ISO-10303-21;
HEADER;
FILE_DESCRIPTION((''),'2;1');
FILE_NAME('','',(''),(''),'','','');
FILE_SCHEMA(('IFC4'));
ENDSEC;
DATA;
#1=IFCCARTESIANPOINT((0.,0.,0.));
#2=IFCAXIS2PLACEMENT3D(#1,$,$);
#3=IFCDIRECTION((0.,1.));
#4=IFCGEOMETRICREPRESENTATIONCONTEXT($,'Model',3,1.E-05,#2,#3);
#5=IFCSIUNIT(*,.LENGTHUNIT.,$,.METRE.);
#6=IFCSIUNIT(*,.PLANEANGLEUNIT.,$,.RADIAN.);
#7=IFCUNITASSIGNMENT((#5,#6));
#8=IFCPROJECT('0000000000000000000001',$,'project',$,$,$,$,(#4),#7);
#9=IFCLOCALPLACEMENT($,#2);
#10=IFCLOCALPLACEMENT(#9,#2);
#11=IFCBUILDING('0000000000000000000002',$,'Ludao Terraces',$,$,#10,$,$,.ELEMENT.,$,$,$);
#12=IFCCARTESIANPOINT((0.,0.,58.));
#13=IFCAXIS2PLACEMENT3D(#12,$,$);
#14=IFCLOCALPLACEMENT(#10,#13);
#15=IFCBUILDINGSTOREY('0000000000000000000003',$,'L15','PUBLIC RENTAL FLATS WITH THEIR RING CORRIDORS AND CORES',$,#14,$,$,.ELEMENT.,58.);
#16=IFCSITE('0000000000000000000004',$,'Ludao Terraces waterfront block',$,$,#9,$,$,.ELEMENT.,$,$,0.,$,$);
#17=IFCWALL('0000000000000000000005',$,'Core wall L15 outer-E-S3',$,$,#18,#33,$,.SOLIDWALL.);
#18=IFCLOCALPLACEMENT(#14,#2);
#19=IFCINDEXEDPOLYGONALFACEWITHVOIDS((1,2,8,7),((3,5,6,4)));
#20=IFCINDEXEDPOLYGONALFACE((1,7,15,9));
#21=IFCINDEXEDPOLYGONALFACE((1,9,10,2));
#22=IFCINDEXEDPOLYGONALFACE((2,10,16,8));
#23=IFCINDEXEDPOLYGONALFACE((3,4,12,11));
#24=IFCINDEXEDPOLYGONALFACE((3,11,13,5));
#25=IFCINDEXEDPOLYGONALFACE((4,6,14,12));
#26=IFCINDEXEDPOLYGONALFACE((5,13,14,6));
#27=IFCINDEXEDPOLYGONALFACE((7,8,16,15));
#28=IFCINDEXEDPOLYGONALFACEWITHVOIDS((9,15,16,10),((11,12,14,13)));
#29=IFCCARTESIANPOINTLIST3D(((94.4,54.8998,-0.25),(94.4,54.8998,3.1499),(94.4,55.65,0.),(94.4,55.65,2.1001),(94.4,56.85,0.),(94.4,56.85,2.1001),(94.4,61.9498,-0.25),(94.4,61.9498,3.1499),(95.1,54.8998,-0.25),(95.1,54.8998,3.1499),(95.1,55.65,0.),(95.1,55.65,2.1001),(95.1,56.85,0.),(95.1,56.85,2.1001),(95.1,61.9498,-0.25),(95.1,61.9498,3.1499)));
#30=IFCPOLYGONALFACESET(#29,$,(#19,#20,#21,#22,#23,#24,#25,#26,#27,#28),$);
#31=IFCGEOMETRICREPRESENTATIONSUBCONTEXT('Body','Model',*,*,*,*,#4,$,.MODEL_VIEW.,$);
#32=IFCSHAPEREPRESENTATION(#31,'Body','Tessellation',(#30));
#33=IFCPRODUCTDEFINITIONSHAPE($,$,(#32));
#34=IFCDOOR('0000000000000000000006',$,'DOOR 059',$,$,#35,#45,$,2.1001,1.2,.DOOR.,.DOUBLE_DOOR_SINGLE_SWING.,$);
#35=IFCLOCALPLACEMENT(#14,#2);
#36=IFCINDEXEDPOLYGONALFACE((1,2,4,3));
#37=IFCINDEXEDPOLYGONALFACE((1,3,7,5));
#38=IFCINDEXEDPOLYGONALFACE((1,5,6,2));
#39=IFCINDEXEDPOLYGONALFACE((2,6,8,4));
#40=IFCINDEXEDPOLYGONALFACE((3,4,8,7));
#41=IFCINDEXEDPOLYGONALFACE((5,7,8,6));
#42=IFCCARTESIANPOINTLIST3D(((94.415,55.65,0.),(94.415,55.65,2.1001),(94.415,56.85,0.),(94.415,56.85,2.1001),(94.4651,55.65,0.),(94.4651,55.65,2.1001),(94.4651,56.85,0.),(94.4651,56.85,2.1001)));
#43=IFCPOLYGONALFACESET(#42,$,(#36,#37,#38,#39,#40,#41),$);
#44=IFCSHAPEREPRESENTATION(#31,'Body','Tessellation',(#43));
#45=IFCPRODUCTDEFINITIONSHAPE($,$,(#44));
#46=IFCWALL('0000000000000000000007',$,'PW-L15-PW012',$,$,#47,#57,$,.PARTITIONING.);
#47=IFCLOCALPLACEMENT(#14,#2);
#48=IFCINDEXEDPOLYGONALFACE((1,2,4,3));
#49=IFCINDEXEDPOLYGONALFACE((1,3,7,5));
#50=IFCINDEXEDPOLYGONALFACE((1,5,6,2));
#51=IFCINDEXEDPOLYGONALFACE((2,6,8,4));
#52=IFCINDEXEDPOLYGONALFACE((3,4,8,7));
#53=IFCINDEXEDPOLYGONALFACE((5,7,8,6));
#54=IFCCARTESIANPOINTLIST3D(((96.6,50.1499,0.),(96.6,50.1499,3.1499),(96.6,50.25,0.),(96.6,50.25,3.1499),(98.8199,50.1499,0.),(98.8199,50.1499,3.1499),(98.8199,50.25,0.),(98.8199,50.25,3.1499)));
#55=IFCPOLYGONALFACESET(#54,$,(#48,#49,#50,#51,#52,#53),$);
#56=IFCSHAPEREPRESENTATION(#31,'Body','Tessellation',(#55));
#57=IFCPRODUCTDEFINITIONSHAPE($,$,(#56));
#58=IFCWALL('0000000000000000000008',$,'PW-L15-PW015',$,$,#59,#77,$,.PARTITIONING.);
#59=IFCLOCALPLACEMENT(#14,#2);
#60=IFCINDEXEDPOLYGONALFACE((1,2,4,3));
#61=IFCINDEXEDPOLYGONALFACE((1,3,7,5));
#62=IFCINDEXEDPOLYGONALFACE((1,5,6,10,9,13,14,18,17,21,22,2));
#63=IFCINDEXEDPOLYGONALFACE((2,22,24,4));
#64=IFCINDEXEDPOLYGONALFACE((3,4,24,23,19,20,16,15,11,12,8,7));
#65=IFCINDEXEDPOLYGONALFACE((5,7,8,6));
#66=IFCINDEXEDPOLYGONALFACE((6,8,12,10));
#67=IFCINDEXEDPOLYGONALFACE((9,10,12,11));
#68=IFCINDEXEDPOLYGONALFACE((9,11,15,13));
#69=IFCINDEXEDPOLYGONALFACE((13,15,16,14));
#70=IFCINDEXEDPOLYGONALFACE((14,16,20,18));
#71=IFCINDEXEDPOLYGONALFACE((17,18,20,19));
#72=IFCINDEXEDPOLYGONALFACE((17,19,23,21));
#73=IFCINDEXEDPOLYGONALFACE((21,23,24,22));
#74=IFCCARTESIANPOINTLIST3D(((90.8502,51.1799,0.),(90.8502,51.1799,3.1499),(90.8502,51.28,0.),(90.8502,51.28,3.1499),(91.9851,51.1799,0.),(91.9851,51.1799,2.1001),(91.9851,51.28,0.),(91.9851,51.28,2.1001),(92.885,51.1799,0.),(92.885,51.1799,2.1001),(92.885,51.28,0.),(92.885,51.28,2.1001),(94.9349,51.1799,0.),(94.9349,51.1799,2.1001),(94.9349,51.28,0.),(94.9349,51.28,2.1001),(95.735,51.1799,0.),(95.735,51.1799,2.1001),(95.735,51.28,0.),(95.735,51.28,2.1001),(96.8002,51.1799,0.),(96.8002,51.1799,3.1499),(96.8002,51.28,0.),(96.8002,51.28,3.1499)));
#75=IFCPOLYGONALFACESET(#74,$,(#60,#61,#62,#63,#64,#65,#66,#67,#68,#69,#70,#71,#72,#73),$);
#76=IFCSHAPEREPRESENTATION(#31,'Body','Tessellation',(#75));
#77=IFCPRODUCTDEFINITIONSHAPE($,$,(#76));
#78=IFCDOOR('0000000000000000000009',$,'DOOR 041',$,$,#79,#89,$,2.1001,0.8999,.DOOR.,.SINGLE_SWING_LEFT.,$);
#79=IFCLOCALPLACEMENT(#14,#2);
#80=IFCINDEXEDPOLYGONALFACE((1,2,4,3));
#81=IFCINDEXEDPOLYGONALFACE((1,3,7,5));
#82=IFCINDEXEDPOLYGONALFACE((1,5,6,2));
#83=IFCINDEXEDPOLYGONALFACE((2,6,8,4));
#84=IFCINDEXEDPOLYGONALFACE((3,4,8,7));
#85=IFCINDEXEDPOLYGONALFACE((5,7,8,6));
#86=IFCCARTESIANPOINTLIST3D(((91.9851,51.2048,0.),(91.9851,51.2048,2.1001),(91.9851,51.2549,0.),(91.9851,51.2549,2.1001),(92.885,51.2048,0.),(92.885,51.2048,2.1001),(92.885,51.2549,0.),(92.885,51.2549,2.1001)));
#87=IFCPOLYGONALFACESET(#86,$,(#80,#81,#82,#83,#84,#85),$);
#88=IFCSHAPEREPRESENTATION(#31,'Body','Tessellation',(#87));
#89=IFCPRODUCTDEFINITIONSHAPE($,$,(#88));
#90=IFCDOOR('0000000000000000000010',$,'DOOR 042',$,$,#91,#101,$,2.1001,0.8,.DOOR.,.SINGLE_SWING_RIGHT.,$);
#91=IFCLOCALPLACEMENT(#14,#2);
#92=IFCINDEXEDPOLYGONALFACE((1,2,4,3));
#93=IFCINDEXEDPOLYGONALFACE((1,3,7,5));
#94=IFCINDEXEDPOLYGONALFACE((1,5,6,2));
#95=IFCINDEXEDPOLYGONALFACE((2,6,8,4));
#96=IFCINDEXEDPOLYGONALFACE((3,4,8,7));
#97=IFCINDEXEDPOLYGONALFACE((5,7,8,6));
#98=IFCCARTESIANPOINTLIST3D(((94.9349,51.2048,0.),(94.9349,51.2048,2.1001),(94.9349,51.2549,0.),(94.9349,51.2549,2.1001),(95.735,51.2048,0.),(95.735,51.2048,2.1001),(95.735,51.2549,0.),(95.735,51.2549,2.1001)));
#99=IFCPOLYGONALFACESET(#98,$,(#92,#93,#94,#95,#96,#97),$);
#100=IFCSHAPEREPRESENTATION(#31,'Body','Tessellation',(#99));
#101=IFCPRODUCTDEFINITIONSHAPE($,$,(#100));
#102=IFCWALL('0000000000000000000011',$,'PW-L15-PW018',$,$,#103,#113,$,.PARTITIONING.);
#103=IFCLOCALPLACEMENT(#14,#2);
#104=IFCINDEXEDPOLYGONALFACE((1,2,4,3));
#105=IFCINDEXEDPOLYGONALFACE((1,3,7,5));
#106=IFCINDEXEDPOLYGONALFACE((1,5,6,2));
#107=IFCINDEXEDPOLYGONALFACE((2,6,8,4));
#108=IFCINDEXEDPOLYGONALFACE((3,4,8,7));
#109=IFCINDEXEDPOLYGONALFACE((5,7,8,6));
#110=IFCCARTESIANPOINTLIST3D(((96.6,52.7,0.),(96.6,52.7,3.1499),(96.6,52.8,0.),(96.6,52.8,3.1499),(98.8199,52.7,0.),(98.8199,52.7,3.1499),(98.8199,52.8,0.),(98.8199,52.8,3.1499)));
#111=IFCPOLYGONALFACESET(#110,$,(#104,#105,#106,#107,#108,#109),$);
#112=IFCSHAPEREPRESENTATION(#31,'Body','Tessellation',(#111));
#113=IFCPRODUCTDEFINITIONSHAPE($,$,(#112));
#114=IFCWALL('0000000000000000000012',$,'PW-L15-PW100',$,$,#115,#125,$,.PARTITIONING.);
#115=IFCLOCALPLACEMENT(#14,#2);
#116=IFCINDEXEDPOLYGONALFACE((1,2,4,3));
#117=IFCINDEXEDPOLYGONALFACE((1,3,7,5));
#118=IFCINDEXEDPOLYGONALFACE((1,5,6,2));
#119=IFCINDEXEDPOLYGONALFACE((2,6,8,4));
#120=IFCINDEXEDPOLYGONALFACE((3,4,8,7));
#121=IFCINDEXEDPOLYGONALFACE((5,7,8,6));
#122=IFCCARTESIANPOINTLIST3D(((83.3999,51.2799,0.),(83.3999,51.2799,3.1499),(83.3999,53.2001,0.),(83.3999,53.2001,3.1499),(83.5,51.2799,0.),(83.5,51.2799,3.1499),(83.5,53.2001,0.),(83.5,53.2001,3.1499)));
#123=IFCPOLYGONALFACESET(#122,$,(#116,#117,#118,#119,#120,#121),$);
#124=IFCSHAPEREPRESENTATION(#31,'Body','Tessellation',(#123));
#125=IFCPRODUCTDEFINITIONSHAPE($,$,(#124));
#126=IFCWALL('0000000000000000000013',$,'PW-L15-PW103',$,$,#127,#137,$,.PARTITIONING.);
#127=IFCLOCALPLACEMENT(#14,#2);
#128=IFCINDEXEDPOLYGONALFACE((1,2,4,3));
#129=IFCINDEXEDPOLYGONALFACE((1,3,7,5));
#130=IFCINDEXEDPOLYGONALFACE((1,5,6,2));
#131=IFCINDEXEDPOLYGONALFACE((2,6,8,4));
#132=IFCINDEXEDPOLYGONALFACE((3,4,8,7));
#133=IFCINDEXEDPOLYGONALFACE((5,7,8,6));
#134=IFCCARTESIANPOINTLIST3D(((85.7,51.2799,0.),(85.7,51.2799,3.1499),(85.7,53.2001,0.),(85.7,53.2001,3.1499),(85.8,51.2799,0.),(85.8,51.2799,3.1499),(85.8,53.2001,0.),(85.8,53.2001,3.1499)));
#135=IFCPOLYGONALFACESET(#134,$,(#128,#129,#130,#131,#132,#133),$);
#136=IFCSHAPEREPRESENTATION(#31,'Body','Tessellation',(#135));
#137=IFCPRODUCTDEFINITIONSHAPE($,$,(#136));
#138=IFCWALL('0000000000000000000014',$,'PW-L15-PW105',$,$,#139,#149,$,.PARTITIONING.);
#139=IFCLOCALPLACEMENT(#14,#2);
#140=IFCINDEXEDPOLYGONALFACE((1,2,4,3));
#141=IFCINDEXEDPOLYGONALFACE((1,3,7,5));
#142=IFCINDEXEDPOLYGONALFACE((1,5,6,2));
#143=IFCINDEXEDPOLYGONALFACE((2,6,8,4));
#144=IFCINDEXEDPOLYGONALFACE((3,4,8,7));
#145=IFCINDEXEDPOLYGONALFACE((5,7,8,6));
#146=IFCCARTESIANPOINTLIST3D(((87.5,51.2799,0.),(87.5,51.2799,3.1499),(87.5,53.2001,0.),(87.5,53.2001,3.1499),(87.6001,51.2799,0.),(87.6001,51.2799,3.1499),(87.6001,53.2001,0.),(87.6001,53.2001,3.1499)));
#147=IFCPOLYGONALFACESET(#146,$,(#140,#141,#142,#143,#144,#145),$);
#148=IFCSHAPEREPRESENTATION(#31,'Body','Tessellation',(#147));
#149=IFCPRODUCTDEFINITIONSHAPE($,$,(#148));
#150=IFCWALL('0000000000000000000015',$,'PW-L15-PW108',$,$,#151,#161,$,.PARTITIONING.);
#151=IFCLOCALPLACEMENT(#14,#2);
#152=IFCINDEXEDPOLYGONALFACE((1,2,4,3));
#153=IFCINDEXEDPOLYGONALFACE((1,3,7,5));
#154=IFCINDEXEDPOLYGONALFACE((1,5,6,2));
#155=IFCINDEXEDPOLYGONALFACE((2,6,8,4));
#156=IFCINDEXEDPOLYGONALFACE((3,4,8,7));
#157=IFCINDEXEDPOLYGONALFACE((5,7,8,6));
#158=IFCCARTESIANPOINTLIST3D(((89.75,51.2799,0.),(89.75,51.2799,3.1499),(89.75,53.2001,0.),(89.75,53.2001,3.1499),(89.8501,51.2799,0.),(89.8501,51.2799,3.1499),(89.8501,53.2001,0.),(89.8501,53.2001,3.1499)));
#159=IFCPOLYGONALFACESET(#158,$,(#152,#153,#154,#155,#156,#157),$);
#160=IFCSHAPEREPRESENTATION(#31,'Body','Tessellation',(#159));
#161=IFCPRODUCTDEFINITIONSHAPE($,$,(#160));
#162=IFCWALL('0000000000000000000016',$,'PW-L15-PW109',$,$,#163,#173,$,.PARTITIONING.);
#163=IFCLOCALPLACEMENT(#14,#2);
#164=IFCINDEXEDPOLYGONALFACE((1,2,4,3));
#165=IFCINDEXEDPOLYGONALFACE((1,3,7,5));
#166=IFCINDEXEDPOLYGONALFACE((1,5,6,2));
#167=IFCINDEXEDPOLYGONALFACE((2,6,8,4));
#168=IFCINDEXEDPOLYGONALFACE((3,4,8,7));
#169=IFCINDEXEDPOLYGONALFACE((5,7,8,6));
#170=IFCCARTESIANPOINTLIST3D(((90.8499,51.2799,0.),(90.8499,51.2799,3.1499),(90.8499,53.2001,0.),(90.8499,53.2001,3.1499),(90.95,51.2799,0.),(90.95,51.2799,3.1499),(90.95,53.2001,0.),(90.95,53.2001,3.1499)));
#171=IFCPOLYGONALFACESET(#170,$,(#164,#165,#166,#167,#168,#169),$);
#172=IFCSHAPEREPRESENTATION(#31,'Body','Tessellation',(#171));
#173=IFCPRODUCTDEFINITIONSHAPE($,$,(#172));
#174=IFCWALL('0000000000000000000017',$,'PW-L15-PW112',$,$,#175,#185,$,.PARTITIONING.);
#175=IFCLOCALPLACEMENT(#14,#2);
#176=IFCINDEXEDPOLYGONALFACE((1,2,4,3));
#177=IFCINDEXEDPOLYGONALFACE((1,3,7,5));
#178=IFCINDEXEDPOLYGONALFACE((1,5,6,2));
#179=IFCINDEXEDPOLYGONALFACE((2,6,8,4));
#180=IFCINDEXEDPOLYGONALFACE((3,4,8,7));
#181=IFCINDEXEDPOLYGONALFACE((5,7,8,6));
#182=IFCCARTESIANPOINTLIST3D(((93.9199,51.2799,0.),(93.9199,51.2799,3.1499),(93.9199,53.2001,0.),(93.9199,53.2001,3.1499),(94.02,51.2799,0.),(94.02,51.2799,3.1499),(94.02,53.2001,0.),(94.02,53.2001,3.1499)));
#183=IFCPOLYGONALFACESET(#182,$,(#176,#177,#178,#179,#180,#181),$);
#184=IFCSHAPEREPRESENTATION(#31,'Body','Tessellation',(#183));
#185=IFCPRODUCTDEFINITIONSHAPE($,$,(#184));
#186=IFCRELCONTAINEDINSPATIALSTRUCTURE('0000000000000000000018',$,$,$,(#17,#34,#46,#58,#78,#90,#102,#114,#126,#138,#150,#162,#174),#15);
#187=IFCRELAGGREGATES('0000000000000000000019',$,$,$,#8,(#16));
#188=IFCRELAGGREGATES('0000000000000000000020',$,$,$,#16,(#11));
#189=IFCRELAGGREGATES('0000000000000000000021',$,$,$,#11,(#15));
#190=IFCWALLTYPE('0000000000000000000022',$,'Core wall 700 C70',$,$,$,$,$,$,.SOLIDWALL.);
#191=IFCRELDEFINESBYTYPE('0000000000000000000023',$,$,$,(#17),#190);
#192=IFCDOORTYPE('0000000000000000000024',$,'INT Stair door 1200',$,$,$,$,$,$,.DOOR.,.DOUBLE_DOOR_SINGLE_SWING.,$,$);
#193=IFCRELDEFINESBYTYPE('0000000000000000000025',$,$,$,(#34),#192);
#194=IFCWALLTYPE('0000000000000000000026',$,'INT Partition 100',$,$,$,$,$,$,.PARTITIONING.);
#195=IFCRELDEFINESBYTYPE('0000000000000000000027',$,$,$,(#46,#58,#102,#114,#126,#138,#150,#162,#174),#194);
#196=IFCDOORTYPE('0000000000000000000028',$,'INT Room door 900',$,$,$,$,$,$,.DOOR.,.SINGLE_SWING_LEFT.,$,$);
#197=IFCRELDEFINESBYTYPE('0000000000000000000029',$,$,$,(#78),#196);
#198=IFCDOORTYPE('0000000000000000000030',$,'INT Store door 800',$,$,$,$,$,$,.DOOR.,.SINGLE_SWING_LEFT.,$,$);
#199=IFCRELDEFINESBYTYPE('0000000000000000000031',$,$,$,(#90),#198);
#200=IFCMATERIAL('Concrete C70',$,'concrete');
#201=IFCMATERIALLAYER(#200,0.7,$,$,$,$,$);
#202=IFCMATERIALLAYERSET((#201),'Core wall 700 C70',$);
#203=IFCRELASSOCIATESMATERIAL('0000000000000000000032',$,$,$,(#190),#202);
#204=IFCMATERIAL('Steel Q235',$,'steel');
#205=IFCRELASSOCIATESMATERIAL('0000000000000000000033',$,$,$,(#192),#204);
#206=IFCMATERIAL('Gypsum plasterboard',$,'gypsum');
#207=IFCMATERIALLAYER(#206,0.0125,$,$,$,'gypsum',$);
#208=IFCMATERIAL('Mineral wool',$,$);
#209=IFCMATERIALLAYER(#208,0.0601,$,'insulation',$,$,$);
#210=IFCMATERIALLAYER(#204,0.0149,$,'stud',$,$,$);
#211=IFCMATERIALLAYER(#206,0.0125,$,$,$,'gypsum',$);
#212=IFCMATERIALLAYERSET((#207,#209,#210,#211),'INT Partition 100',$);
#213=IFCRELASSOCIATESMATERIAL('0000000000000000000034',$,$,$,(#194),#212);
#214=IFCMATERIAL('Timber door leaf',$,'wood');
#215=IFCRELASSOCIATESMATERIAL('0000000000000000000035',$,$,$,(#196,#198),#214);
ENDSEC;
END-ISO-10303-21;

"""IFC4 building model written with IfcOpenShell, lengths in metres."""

from ifc_helpers import new_model, si_unit, direction, frame, frame_2d, origin, place, context, subcontext, project, spatial, rectangle, extrude, material, layer, layer_set, type_object, element, fill, save


model = new_model("IFC4")

# Units and contexts
model_context = context("Model", 3, precision=1e-05, world=origin(), true_north=direction((0.0, 1.0)))
body_context = subcontext(model_context, "Body", "Model", "MODEL_VIEW")
ifc_project = project(units=[si_unit("LENGTHUNIT", "METRE"), si_unit("PLANEANGLEUNIT", "RADIAN")], contexts=[model_context])

# Site, building, storey
site_placement = place(None, origin())
site = spatial("IfcSite", under=ifc_project, at=site_placement, Name="Ludao Terraces waterfront block", CompositionType="ELEMENT", RefElevation=0.0)
building_placement = place(site_placement, origin())
building = spatial("IfcBuilding", under=site, at=building_placement, Name="Ludao Terraces", CompositionType="ELEMENT")
storey_placement = place(building_placement, frame((0.0, 0.0, 58.0)))
storey = spatial("IfcBuildingStorey", under=building, at=storey_placement, Name="L15", Description="PUBLIC RENTAL FLATS WITH THEIR RING CORRIDORS AND CORES", CompositionType="ELEMENT", Elevation=58.0)

# Wall, opening, door
ifc_material_1 = material(Name="Concrete C70", Category="concrete")
ifc_layer_1 = layer(ifc_material_1, 0.7)
ifc_layer_set_1 = layer_set([ifc_layer_1], Name="Core wall 700 C70")
wall_type_1 = type_object("IfcWallType", Name="Core wall 700 C70", PredefinedType="SOLIDWALL", material=ifc_layer_set_1)
wall_1_placement = place(storey_placement, frame((94.75, 54.8999, -0.25), z_axis=(0.0, 0.0, 1.0), x_axis=(0.0, 1.0, 0.0)))
wall_1 = element("IfcWall", 1, at=wall_1_placement, inside=storey, type_object=wall_type_1, Name="Core wall L15 outer-E-S3", PredefinedType="SOLIDWALL", context=body_context, shape_type="SweptSolid", body=[
    extrude(rectangle(XDim=7.05, YDim=0.7, at=frame_2d((3.5249, 0.0))), origin(), (0.0, 0.0, 1.0), 3.3999),
])
opening_1_placement = place(wall_1_placement, frame((0.75, 0.0, 0.25)))
opening_1 = element("IfcOpeningElement", 2, at=opening_1_placement, cuts=wall_1, PredefinedType="OPENING", context=body_context, shape_type="SweptSolid", body=[
    extrude(rectangle(XDim=1.2, YDim=2.1001, at=frame_2d((0.6001, 1.05))), frame((0.0, 0.3599, 0.0), z_axis=(0.0, -1.0, 0.0), x_axis=(1.0, 0.0, 0.0)), (0.0, 0.0, 1.0), 0.72),
])
ifc_material_2 = material(Name="Steel Q235", Category="steel")
door_type_1 = type_object("IfcDoorType", Name="INT Stair door 1200", OperationType="DOUBLE_DOOR_SINGLE_SWING", PredefinedType="DOOR", material=ifc_material_2)
door_1_placement = place(opening_1_placement, origin())
door_1 = element("IfcDoor", 3, at=door_1_placement, inside=storey, type_object=door_type_1, Name="DOOR 059", OperationType="DOUBLE_DOOR_SINGLE_SWING", OverallHeight=2.1001, OverallWidth=1.2, PredefinedType="DOOR", context=body_context, shape_type="SweptSolid", body=[
    extrude(rectangle(XDim=1.2, YDim=2.1001, at=frame_2d((0.6001, 1.05))), frame((0.0, 0.335, 0.0), z_axis=(0.0, -1.0, 0.0), x_axis=(1.0, 0.0, 0.0)), (0.0, 0.0, 1.0), 0.05),
])
fill(opening_1, door_1)

# Wall
ifc_material_3 = material(Name="Gypsum plasterboard", Category="gypsum")
ifc_layer_2 = layer(ifc_material_3, 0.0125, Category="gypsum")
ifc_material_4 = material(Name="Mineral wool")
ifc_layer_3 = layer(ifc_material_4, 0.0601, Name="insulation")
ifc_layer_4 = layer(ifc_material_2, 0.0149, Name="stud")
ifc_layer_5 = layer(ifc_material_3, 0.0125, Category="gypsum")
ifc_layer_set_2 = layer_set([ifc_layer_2, ifc_layer_3, ifc_layer_4, ifc_layer_5], Name="INT Partition 100")
wall_type_2 = type_object("IfcWallType", Name="INT Partition 100", PredefinedType="PARTITIONING", material=ifc_layer_set_2)
wall_2_placement = place(storey_placement, frame((96.6001, 50.2, 0.0), z_axis=(0.0, 0.0, 1.0), x_axis=(1.0, 0.0, 0.0)))
element("IfcWall", 4, at=wall_2_placement, inside=storey, type_object=wall_type_2, Name="PW-L15-PW012", PredefinedType="PARTITIONING", context=body_context, shape_type="SweptSolid", body=[
    extrude(rectangle(XDim=2.22, YDim=0.1001, at=frame_2d((1.1099, 0.0))), origin(), (0.0, 0.0, 1.0), 3.1499),
])

# Wall, openings, doors
wall_3_placement = place(storey_placement, frame((90.8501, 51.23, 0.0), z_axis=(0.0, 0.0, 1.0), x_axis=(1.0, 0.0, 0.0)))
wall_3 = element("IfcWall", 5, at=wall_3_placement, inside=storey, type_object=wall_type_2, Name="PW-L15-PW015", PredefinedType="PARTITIONING", context=body_context, shape_type="SweptSolid", body=[
    extrude(rectangle(XDim=5.95, YDim=0.1001, at=frame_2d((2.9751, 0.0))), origin(), (0.0, 0.0, 1.0), 3.1499),
])
opening_2_placement = place(wall_3_placement, frame((1.135, 0.0, 0.0)))
opening_2 = element("IfcOpeningElement", 6, at=opening_2_placement, cuts=wall_3, PredefinedType="OPENING", context=body_context, shape_type="SweptSolid", body=[
    extrude(rectangle(XDim=0.8999, YDim=2.1001, at=frame_2d((0.45, 1.05))), frame((0.0, 0.0601, 0.0), z_axis=(0.0, -1.0, 0.0), x_axis=(1.0, 0.0, 0.0)), (0.0, 0.0, 1.0), 0.1201),
])
opening_3_placement = place(wall_3_placement, frame((4.085, 0.0, 0.0)))
opening_3 = element("IfcOpeningElement", 7, at=opening_3_placement, cuts=wall_3, PredefinedType="OPENING", context=body_context, shape_type="SweptSolid", body=[
    extrude(rectangle(XDim=0.8, YDim=2.1001, at=frame_2d((0.3999, 1.05))), frame((0.0, 0.0601, 0.0), z_axis=(0.0, -1.0, 0.0), x_axis=(1.0, 0.0, 0.0)), (0.0, 0.0, 1.0), 0.1201),
])
ifc_material_5 = material(Name="Timber door leaf", Category="wood")
door_type_2 = type_object("IfcDoorType", Name="INT Room door 900", OperationType="SINGLE_SWING_LEFT", PredefinedType="DOOR", material=ifc_material_5)
door_2_placement = place(opening_2_placement, origin())
door_2 = element("IfcDoor", 8, at=door_2_placement, inside=storey, type_object=door_type_2, Name="DOOR 041", OperationType="SINGLE_SWING_LEFT", OverallHeight=2.1001, OverallWidth=0.8999, PredefinedType="DOOR", context=body_context, shape_type="SweptSolid", body=[
    extrude(rectangle(XDim=0.8999, YDim=2.1001, at=frame_2d((0.45, 1.05))), frame((0.0, 0.0249, 0.0), z_axis=(0.0, -1.0, 0.0), x_axis=(1.0, 0.0, 0.0)), (0.0, 0.0, 1.0), 0.05),
])
fill(opening_2, door_2)
door_type_3 = type_object("IfcDoorType", Name="INT Store door 800", OperationType="SINGLE_SWING_LEFT", PredefinedType="DOOR", material=ifc_material_5)
door_3_placement = place(opening_3_placement, origin())
door_3 = element("IfcDoor", 9, at=door_3_placement, inside=storey, type_object=door_type_3, Name="DOOR 042", OperationType="SINGLE_SWING_RIGHT", OverallHeight=2.1001, OverallWidth=0.8, PredefinedType="DOOR", context=body_context, shape_type="SweptSolid", body=[
    extrude(rectangle(XDim=0.8, YDim=2.1001, at=frame_2d((0.3999, 1.05))), frame((0.0, 0.0249, 0.0), z_axis=(0.0, -1.0, 0.0), x_axis=(1.0, 0.0, 0.0)), (0.0, 0.0, 1.0), 0.05),
])
fill(opening_3, door_3)

# Walls
wall_4_placement = place(storey_placement, frame((96.6001, 52.75, 0.0), z_axis=(0.0, 0.0, 1.0), x_axis=(1.0, 0.0, 0.0)))
element("IfcWall", 10, at=wall_4_placement, inside=storey, type_object=wall_type_2, Name="PW-L15-PW018", PredefinedType="PARTITIONING", context=body_context, shape_type="SweptSolid", body=[
    extrude(rectangle(XDim=2.22, YDim=0.1001, at=frame_2d((1.1099, 0.0))), origin(), (0.0, 0.0, 1.0), 3.1499),
])
for number, where, z_axis, x_axis, name in (
    (11, (83.45, 51.28, 0.0), (0.0, 0.0, 1.0), (0.0, 1.0, 0.0), "PW-L15-PW100"),
    (12, (85.75, 51.28, 0.0), (0.0, 0.0, 1.0), (0.0, 1.0, 0.0), "PW-L15-PW103"),
    (13, (87.55, 51.28, 0.0), (0.0, 0.0, 1.0), (0.0, 1.0, 0.0), "PW-L15-PW105"),
    (14, (89.8, 51.28, 0.0), (0.0, 0.0, 1.0), (0.0, 1.0, 0.0), "PW-L15-PW108"),
    (15, (90.8999, 51.28, 0.0), (0.0, 0.0, 1.0), (0.0, 1.0, 0.0), "PW-L15-PW109"),
    (16, (93.97, 51.28, 0.0), (0.0, 0.0, 1.0), (0.0, 1.0, 0.0), "PW-L15-PW112"),
):
    element("IfcWall", number, at=place(storey_placement, frame(where, z_axis=z_axis, x_axis=x_axis)), inside=storey, type_object=wall_type_2, Name=name, PredefinedType="PARTITIONING", context=body_context, shape_type="SweptSolid", body=[
        extrude(rectangle(XDim=1.9202, YDim=0.1001, at=frame_2d((0.96, 0.0))), origin(), (0.0, 0.0, 1.0), 3.1499),
    ])

save(model, "model.ifc")
